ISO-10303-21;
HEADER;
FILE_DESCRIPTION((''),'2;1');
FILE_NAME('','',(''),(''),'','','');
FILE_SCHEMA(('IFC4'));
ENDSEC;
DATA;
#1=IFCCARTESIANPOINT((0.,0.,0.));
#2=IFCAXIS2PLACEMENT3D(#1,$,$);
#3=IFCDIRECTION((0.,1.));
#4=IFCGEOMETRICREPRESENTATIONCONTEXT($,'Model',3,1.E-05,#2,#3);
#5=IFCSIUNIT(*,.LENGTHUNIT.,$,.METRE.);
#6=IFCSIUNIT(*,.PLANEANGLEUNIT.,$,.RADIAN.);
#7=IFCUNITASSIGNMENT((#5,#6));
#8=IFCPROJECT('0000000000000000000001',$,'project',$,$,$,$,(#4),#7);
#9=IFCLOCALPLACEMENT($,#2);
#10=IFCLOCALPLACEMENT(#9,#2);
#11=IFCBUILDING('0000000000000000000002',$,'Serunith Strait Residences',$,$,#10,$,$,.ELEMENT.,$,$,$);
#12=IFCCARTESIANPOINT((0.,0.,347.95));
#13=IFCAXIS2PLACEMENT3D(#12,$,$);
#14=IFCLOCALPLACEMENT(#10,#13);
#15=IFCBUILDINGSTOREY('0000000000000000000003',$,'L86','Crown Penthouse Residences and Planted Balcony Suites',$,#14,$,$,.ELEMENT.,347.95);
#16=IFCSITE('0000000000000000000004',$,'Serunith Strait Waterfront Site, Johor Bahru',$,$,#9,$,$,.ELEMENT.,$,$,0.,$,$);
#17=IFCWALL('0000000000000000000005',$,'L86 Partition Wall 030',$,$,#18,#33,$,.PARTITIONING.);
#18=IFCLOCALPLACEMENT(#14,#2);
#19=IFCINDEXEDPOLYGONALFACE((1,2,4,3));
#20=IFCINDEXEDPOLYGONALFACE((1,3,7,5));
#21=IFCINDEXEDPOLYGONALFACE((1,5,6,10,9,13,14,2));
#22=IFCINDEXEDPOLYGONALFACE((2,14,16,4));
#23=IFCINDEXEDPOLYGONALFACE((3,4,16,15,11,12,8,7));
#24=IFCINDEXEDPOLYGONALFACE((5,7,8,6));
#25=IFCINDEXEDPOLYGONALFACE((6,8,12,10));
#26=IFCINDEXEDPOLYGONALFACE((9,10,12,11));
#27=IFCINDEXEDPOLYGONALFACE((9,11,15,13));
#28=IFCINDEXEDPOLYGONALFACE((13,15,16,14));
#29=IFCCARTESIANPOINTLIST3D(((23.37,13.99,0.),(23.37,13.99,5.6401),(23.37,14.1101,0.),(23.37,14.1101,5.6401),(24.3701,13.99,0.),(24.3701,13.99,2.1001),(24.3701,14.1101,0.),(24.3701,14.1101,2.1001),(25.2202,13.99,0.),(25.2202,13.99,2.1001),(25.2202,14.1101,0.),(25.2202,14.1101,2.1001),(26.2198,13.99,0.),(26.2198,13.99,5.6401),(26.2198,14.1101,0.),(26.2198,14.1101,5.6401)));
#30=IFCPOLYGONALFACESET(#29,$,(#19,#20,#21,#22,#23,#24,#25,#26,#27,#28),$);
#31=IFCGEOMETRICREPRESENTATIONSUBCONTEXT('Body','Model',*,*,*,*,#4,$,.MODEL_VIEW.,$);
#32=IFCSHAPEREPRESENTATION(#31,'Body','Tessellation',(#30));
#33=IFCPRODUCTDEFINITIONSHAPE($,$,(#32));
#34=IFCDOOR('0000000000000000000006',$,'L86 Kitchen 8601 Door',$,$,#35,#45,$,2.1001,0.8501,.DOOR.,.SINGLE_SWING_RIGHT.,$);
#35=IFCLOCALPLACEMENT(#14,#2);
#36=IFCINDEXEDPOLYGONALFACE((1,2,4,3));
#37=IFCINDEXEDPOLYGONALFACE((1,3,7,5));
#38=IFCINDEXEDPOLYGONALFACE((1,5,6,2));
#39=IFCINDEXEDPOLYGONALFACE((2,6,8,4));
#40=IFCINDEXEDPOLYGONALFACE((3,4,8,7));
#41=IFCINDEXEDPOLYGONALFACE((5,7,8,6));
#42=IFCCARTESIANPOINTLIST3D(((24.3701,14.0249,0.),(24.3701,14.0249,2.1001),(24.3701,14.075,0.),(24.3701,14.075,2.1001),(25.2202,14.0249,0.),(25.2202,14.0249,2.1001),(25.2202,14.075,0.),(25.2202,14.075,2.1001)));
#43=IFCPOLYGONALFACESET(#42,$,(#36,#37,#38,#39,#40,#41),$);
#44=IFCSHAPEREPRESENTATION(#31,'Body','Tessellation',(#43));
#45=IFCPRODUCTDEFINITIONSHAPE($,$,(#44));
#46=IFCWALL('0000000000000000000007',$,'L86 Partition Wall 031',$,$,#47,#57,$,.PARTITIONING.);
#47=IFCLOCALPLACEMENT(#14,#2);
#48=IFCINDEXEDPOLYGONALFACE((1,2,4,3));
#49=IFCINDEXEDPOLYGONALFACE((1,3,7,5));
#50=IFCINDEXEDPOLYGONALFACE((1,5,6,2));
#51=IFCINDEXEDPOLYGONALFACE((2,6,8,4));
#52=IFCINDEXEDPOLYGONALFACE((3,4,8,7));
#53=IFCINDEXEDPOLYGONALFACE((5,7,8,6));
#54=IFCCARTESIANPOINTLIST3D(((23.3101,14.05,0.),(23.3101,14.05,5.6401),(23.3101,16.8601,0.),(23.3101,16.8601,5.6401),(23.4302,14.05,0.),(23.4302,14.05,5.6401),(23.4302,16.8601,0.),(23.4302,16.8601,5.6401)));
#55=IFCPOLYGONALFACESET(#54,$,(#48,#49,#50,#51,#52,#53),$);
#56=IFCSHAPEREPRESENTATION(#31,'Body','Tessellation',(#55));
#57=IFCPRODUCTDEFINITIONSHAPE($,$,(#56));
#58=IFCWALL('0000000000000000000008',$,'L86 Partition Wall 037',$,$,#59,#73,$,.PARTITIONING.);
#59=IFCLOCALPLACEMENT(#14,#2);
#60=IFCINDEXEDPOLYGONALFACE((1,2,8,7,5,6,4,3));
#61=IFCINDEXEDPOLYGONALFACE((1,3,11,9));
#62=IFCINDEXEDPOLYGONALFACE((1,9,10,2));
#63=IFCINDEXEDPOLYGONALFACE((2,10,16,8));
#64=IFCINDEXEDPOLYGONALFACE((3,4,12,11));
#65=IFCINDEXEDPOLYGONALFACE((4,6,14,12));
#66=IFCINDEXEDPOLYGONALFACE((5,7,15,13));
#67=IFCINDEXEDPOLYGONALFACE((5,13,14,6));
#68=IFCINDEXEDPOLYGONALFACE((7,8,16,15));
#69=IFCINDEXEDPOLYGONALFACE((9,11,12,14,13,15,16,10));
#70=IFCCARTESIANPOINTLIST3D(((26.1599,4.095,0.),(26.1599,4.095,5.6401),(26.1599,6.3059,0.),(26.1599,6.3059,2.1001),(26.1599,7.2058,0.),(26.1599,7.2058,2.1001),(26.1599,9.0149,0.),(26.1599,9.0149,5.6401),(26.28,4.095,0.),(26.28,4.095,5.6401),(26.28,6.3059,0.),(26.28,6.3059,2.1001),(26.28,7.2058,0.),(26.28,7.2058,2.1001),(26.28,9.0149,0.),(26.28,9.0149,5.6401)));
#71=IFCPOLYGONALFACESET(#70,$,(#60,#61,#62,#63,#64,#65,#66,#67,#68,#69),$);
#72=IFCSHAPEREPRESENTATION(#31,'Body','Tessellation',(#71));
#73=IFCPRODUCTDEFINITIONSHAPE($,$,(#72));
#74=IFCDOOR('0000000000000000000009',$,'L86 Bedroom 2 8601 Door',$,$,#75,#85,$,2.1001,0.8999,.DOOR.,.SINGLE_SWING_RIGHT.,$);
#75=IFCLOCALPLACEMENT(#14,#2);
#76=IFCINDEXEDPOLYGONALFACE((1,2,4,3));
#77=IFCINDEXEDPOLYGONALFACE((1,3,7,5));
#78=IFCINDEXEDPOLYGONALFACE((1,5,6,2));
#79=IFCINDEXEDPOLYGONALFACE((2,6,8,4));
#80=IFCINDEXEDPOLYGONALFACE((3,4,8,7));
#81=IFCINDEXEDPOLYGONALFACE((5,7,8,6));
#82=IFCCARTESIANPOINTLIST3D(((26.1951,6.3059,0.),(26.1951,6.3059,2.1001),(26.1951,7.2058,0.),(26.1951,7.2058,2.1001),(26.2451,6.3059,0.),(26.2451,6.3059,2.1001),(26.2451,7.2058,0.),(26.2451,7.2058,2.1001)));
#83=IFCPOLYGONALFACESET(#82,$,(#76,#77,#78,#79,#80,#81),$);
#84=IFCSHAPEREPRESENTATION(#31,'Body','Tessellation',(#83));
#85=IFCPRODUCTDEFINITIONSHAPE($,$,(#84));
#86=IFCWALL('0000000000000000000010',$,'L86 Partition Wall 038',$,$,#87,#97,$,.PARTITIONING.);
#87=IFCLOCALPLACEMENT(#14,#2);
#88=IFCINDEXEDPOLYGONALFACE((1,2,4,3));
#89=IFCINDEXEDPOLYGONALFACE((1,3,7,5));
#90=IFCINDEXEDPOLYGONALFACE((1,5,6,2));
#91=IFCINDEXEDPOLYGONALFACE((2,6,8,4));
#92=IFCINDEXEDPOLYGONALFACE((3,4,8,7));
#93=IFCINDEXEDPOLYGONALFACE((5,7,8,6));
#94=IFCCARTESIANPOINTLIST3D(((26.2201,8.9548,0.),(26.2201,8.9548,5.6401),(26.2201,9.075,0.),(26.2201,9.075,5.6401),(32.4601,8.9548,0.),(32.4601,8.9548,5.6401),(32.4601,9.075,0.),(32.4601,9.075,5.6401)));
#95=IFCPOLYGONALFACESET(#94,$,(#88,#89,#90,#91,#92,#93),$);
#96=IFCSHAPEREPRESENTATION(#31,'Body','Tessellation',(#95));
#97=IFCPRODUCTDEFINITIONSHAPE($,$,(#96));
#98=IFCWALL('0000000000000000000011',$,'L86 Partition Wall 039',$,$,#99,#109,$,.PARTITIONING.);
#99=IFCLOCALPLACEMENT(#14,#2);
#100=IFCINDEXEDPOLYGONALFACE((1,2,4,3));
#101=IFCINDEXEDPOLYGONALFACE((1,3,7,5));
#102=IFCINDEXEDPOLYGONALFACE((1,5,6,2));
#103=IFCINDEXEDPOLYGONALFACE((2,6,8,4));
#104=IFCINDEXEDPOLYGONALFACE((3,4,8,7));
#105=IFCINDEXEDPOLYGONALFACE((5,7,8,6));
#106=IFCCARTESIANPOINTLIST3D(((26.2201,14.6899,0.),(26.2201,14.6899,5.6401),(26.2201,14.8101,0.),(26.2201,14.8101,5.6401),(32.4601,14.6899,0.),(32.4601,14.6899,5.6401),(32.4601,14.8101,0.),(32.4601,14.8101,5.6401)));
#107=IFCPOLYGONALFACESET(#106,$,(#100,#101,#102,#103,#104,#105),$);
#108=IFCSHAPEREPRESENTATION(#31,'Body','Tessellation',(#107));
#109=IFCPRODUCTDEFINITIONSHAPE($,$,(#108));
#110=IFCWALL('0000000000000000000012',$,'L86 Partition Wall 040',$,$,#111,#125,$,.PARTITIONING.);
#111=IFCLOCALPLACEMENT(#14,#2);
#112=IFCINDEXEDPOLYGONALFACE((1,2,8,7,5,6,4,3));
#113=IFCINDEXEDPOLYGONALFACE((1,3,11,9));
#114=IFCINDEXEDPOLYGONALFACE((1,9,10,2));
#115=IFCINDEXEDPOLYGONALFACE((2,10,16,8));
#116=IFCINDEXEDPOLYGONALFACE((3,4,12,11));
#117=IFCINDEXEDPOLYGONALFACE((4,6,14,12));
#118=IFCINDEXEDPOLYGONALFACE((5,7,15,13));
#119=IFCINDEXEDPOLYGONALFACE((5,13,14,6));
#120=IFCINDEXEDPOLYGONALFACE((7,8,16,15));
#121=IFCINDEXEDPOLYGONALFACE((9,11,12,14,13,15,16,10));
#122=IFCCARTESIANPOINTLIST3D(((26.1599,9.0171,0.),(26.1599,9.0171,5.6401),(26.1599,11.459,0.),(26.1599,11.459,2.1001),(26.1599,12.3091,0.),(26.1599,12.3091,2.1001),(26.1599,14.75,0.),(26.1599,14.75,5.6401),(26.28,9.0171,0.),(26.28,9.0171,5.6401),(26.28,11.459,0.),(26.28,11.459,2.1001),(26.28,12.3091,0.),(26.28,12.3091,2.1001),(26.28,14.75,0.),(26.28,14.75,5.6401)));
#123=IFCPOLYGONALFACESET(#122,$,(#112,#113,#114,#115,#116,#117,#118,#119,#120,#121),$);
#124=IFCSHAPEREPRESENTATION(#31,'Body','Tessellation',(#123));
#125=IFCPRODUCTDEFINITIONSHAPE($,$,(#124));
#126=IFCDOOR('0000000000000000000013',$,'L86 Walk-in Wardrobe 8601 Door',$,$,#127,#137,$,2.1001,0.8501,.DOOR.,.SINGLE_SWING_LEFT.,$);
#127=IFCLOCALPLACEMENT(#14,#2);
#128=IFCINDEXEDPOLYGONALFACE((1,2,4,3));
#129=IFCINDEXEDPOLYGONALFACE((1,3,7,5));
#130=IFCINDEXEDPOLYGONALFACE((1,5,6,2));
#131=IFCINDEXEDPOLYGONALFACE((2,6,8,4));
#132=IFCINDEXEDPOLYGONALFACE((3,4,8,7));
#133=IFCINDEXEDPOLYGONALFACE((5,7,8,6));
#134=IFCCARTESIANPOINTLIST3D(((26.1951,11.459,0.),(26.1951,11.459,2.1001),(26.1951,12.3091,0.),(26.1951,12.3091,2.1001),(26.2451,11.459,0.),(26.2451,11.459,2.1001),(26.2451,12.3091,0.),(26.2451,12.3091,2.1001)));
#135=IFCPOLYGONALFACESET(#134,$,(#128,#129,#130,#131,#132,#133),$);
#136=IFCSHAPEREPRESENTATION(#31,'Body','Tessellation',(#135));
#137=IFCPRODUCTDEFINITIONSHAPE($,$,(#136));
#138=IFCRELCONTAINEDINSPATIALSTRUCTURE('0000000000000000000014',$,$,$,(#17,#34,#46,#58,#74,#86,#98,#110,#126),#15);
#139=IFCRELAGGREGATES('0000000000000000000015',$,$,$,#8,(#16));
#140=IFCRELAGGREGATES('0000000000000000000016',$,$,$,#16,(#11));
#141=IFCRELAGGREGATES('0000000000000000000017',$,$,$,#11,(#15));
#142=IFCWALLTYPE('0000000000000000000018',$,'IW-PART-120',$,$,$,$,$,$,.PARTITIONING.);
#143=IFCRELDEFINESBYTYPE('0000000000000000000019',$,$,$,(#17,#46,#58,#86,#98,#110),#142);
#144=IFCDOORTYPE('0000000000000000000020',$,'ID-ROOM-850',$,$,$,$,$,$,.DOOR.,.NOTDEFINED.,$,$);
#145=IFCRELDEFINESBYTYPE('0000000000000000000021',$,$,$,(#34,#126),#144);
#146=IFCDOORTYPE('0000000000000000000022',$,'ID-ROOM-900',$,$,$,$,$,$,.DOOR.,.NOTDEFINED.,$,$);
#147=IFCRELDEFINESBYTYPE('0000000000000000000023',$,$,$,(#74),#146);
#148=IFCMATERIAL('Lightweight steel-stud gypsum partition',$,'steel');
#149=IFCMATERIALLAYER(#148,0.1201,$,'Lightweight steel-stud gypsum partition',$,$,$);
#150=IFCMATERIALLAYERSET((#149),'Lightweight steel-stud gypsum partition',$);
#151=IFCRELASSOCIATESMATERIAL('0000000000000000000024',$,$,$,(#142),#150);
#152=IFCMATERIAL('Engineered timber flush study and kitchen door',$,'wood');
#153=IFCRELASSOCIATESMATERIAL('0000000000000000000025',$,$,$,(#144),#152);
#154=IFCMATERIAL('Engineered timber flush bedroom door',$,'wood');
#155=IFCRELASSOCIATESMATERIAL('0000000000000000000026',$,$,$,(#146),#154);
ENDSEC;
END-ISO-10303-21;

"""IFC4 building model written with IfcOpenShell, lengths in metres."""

from ifc_helpers import new_model, si_unit, direction, frame, frame_2d, origin, place, context, subcontext, project, spatial, rectangle, extrude, source, transform, mapped, material, layer, layer_set, type_object, element, fill, save


model = new_model("IFC4")

# Units and contexts
model_context = context("Model", 3, precision=1e-05, world=origin(), true_north=direction((0.0, 1.0)))
body_context = subcontext(model_context, "Body", "Model", "MODEL_VIEW")
ifc_project = project(units=[si_unit("LENGTHUNIT", "METRE"), si_unit("PLANEANGLEUNIT", "RADIAN")], contexts=[model_context])

# Site, building, storey
site_placement = place(None, origin())
site = spatial("IfcSite", under=ifc_project, at=site_placement, Name="Serunith Strait Waterfront Site, Johor Bahru", CompositionType="ELEMENT", RefElevation=0.0)
building_placement = place(site_placement, origin())
building = spatial("IfcBuilding", under=site, at=building_placement, Name="Serunith Strait Residences", CompositionType="ELEMENT")
storey_placement = place(building_placement, frame((0.0, 0.0, 347.95)))
storey = spatial("IfcBuildingStorey", under=building, at=storey_placement, Name="L86", Description="Crown Penthouse Residences and Planted Balcony Suites", CompositionType="ELEMENT", Elevation=347.95)

# Wall, opening, door
ifc_material_1 = material(Name="Lightweight steel-stud gypsum partition", Category="steel")
ifc_layer_1 = layer(ifc_material_1, 0.1201, Name="Lightweight steel-stud gypsum partition")
ifc_layer_set_1 = layer_set([ifc_layer_1], Name="Lightweight steel-stud gypsum partition")
wall_type = type_object("IfcWallType", Name="IW-PART-120", PredefinedType="PARTITIONING", material=ifc_layer_set_1)
wall_1_placement = place(storey_placement, frame((23.3701, 14.05, 0.0), z_axis=(0.0, 0.0, 1.0), x_axis=(1.0, 0.0, 0.0)))
wall_1 = element("IfcWall", 1, at=wall_1_placement, inside=storey, type_object=wall_type, Name="L86 Partition Wall 030", PredefinedType="PARTITIONING", context=body_context, shape_type="SweptSolid", body=[
    extrude(rectangle(XDim=2.8499, YDim=0.1201, at=frame_2d((1.4248, 0.0))), origin(), (0.0, 0.0, 1.0), 5.6401),
])
opening_1_placement = place(wall_1_placement, frame((1.0, 0.0, 0.0)))
opening_1 = element("IfcOpeningElement", 2, at=opening_1_placement, cuts=wall_1, PredefinedType="OPENING", context=body_context, shape_type="SweptSolid", body=[
    extrude(rectangle(XDim=0.8501, YDim=2.1001, at=frame_2d((0.425, 1.05))), frame((0.0, 0.0701, 0.0), z_axis=(0.0, -1.0, 0.0), x_axis=(1.0, 0.0, 0.0)), (0.0, 0.0, 1.0), 0.1401),
])
ifc_material_2 = material(Name="Engineered timber flush study and kitchen door", Category="wood")
door_type_1 = type_object("IfcDoorType", Name="ID-ROOM-850", OperationType="NOTDEFINED", PredefinedType="DOOR", material=ifc_material_2)
shared_shape_1 = source(origin(), body_context, "Body", "SweptSolid", [
    extrude(rectangle(XDim=0.8501, YDim=2.1001, at=frame_2d((0.425, 1.05))), frame((0.0, 0.0249, 0.0), z_axis=(0.0, -1.0, 0.0), x_axis=(1.0, 0.0, 0.0)), (0.0, 0.0, 1.0), 0.05),
])
door_1_placement = place(opening_1_placement, origin())
door_1 = element("IfcDoor", 3, at=door_1_placement, inside=storey, type_object=door_type_1, Name="L86 Kitchen 8601 Door", OperationType="SINGLE_SWING_RIGHT", OverallHeight=2.1001, OverallWidth=0.8501, PredefinedType="DOOR", context=body_context, shape_type="MappedRepresentation", body=[
    mapped(shared_shape_1, transform((0.0, 0.0, 0.0), scale=1.0)),
])
fill(opening_1, door_1)

# Wall
wall_2_placement = place(storey_placement, frame((23.3701, 14.05, 0.0), z_axis=(0.0, 0.0, 1.0), x_axis=(0.0, 1.0, 0.0)))
element("IfcWall", 4, at=wall_2_placement, inside=storey, type_object=wall_type, Name="L86 Partition Wall 031", PredefinedType="PARTITIONING", context=body_context, shape_type="SweptSolid", body=[
    extrude(rectangle(XDim=2.8101, YDim=0.1201, at=frame_2d((1.405, 0.0))), origin(), (0.0, 0.0, 1.0), 5.6401),
])

# Wall, opening, door
wall_3_placement = place(storey_placement, frame((26.22, 4.095, 0.0), z_axis=(0.0, 0.0, 1.0), x_axis=(0.0, 1.0, 0.0)))
wall_3 = element("IfcWall", 5, at=wall_3_placement, inside=storey, type_object=wall_type, Name="L86 Partition Wall 037", PredefinedType="PARTITIONING", context=body_context, shape_type="SweptSolid", body=[
    extrude(rectangle(XDim=4.9199, YDim=0.1201, at=frame_2d((2.46, 0.0))), origin(), (0.0, 0.0, 1.0), 5.6401),
])
opening_2_placement = place(wall_3_placement, frame((2.2109, 0.0, 0.0)))
opening_2 = element("IfcOpeningElement", 6, at=opening_2_placement, cuts=wall_3, PredefinedType="OPENING", context=body_context, shape_type="SweptSolid", body=[
    extrude(rectangle(XDim=0.8999, YDim=2.1001, at=frame_2d((0.45, 1.05))), frame((0.0, 0.0701, 0.0), z_axis=(0.0, -1.0, 0.0), x_axis=(1.0, 0.0, 0.0)), (0.0, 0.0, 1.0), 0.1401),
])
ifc_material_3 = material(Name="Engineered timber flush bedroom door", Category="wood")
door_type_2 = type_object("IfcDoorType", Name="ID-ROOM-900", OperationType="NOTDEFINED", PredefinedType="DOOR", material=ifc_material_3)
shared_shape_2 = source(origin(), body_context, "Body", "SweptSolid", [
    extrude(rectangle(XDim=0.8999, YDim=2.1001, at=frame_2d((0.45, 1.05))), frame((0.0, 0.0249, 0.0), z_axis=(0.0, -1.0, 0.0), x_axis=(1.0, 0.0, 0.0)), (0.0, 0.0, 1.0), 0.05),
])
door_2_placement = place(opening_2_placement, origin())
door_2 = element("IfcDoor", 7, at=door_2_placement, inside=storey, type_object=door_type_2, Name="L86 Bedroom 2 8601 Door", OperationType="SINGLE_SWING_RIGHT", OverallHeight=2.1001, OverallWidth=0.8999, PredefinedType="DOOR", context=body_context, shape_type="MappedRepresentation", body=[
    mapped(shared_shape_2, transform((0.0, 0.0, 0.0), scale=1.0)),
])
fill(opening_2, door_2)

# Walls
for number, where, z_axis, x_axis, name in (
    (8, (26.22, 9.0149, 0.0), (0.0, 0.0, 1.0), (1.0, 0.0, 0.0), "L86 Partition Wall 038"),
    (9, (26.22, 14.75, 0.0), (0.0, 0.0, 1.0), (1.0, 0.0, 0.0), "L86 Partition Wall 039"),
):
    element("IfcWall", number, at=place(storey_placement, frame(where, z_axis=z_axis, x_axis=x_axis)), inside=storey, type_object=wall_type, Name=name, PredefinedType="PARTITIONING", context=body_context, shape_type="SweptSolid", body=[
        extrude(rectangle(XDim=6.24, YDim=0.1201, at=frame_2d((3.1201, 0.0))), origin(), (0.0, 0.0, 1.0), 5.6401),
    ])

# Wall, opening, door
wall_4_placement = place(storey_placement, frame((26.22, 9.0171, 0.0), z_axis=(0.0, 0.0, 1.0), x_axis=(0.0, 1.0, 0.0)))
wall_4 = element("IfcWall", 10, at=wall_4_placement, inside=storey, type_object=wall_type, Name="L86 Partition Wall 040", PredefinedType="PARTITIONING", context=body_context, shape_type="SweptSolid", body=[
    extrude(rectangle(XDim=5.7329, YDim=0.1201, at=frame_2d((2.8665, 0.0))), origin(), (0.0, 0.0, 1.0), 5.6401),
])
opening_3_placement = place(wall_4_placement, frame((2.4419, 0.0, 0.0)))
opening_3 = element("IfcOpeningElement", 11, at=opening_3_placement, cuts=wall_4, PredefinedType="OPENING", context=body_context, shape_type="SweptSolid", body=[
    extrude(rectangle(XDim=0.8501, YDim=2.1001, at=frame_2d((0.425, 1.05))), frame((0.0, 0.0701, 0.0), z_axis=(0.0, -1.0, 0.0), x_axis=(1.0, 0.0, 0.0)), (0.0, 0.0, 1.0), 0.1401),
])
door_3_placement = place(opening_3_placement, origin())
door_3 = element("IfcDoor", 12, at=door_3_placement, inside=storey, type_object=door_type_1, Name="L86 Walk-in Wardrobe 8601 Door", OperationType="SINGLE_SWING_LEFT", OverallHeight=2.1001, OverallWidth=0.8501, PredefinedType="DOOR", context=body_context, shape_type="MappedRepresentation", body=[
    mapped(shared_shape_1, transform((0.0, 0.0, 0.0), scale=1.0)),
])
fill(opening_3, door_3)

save(model, "model.ifc")
